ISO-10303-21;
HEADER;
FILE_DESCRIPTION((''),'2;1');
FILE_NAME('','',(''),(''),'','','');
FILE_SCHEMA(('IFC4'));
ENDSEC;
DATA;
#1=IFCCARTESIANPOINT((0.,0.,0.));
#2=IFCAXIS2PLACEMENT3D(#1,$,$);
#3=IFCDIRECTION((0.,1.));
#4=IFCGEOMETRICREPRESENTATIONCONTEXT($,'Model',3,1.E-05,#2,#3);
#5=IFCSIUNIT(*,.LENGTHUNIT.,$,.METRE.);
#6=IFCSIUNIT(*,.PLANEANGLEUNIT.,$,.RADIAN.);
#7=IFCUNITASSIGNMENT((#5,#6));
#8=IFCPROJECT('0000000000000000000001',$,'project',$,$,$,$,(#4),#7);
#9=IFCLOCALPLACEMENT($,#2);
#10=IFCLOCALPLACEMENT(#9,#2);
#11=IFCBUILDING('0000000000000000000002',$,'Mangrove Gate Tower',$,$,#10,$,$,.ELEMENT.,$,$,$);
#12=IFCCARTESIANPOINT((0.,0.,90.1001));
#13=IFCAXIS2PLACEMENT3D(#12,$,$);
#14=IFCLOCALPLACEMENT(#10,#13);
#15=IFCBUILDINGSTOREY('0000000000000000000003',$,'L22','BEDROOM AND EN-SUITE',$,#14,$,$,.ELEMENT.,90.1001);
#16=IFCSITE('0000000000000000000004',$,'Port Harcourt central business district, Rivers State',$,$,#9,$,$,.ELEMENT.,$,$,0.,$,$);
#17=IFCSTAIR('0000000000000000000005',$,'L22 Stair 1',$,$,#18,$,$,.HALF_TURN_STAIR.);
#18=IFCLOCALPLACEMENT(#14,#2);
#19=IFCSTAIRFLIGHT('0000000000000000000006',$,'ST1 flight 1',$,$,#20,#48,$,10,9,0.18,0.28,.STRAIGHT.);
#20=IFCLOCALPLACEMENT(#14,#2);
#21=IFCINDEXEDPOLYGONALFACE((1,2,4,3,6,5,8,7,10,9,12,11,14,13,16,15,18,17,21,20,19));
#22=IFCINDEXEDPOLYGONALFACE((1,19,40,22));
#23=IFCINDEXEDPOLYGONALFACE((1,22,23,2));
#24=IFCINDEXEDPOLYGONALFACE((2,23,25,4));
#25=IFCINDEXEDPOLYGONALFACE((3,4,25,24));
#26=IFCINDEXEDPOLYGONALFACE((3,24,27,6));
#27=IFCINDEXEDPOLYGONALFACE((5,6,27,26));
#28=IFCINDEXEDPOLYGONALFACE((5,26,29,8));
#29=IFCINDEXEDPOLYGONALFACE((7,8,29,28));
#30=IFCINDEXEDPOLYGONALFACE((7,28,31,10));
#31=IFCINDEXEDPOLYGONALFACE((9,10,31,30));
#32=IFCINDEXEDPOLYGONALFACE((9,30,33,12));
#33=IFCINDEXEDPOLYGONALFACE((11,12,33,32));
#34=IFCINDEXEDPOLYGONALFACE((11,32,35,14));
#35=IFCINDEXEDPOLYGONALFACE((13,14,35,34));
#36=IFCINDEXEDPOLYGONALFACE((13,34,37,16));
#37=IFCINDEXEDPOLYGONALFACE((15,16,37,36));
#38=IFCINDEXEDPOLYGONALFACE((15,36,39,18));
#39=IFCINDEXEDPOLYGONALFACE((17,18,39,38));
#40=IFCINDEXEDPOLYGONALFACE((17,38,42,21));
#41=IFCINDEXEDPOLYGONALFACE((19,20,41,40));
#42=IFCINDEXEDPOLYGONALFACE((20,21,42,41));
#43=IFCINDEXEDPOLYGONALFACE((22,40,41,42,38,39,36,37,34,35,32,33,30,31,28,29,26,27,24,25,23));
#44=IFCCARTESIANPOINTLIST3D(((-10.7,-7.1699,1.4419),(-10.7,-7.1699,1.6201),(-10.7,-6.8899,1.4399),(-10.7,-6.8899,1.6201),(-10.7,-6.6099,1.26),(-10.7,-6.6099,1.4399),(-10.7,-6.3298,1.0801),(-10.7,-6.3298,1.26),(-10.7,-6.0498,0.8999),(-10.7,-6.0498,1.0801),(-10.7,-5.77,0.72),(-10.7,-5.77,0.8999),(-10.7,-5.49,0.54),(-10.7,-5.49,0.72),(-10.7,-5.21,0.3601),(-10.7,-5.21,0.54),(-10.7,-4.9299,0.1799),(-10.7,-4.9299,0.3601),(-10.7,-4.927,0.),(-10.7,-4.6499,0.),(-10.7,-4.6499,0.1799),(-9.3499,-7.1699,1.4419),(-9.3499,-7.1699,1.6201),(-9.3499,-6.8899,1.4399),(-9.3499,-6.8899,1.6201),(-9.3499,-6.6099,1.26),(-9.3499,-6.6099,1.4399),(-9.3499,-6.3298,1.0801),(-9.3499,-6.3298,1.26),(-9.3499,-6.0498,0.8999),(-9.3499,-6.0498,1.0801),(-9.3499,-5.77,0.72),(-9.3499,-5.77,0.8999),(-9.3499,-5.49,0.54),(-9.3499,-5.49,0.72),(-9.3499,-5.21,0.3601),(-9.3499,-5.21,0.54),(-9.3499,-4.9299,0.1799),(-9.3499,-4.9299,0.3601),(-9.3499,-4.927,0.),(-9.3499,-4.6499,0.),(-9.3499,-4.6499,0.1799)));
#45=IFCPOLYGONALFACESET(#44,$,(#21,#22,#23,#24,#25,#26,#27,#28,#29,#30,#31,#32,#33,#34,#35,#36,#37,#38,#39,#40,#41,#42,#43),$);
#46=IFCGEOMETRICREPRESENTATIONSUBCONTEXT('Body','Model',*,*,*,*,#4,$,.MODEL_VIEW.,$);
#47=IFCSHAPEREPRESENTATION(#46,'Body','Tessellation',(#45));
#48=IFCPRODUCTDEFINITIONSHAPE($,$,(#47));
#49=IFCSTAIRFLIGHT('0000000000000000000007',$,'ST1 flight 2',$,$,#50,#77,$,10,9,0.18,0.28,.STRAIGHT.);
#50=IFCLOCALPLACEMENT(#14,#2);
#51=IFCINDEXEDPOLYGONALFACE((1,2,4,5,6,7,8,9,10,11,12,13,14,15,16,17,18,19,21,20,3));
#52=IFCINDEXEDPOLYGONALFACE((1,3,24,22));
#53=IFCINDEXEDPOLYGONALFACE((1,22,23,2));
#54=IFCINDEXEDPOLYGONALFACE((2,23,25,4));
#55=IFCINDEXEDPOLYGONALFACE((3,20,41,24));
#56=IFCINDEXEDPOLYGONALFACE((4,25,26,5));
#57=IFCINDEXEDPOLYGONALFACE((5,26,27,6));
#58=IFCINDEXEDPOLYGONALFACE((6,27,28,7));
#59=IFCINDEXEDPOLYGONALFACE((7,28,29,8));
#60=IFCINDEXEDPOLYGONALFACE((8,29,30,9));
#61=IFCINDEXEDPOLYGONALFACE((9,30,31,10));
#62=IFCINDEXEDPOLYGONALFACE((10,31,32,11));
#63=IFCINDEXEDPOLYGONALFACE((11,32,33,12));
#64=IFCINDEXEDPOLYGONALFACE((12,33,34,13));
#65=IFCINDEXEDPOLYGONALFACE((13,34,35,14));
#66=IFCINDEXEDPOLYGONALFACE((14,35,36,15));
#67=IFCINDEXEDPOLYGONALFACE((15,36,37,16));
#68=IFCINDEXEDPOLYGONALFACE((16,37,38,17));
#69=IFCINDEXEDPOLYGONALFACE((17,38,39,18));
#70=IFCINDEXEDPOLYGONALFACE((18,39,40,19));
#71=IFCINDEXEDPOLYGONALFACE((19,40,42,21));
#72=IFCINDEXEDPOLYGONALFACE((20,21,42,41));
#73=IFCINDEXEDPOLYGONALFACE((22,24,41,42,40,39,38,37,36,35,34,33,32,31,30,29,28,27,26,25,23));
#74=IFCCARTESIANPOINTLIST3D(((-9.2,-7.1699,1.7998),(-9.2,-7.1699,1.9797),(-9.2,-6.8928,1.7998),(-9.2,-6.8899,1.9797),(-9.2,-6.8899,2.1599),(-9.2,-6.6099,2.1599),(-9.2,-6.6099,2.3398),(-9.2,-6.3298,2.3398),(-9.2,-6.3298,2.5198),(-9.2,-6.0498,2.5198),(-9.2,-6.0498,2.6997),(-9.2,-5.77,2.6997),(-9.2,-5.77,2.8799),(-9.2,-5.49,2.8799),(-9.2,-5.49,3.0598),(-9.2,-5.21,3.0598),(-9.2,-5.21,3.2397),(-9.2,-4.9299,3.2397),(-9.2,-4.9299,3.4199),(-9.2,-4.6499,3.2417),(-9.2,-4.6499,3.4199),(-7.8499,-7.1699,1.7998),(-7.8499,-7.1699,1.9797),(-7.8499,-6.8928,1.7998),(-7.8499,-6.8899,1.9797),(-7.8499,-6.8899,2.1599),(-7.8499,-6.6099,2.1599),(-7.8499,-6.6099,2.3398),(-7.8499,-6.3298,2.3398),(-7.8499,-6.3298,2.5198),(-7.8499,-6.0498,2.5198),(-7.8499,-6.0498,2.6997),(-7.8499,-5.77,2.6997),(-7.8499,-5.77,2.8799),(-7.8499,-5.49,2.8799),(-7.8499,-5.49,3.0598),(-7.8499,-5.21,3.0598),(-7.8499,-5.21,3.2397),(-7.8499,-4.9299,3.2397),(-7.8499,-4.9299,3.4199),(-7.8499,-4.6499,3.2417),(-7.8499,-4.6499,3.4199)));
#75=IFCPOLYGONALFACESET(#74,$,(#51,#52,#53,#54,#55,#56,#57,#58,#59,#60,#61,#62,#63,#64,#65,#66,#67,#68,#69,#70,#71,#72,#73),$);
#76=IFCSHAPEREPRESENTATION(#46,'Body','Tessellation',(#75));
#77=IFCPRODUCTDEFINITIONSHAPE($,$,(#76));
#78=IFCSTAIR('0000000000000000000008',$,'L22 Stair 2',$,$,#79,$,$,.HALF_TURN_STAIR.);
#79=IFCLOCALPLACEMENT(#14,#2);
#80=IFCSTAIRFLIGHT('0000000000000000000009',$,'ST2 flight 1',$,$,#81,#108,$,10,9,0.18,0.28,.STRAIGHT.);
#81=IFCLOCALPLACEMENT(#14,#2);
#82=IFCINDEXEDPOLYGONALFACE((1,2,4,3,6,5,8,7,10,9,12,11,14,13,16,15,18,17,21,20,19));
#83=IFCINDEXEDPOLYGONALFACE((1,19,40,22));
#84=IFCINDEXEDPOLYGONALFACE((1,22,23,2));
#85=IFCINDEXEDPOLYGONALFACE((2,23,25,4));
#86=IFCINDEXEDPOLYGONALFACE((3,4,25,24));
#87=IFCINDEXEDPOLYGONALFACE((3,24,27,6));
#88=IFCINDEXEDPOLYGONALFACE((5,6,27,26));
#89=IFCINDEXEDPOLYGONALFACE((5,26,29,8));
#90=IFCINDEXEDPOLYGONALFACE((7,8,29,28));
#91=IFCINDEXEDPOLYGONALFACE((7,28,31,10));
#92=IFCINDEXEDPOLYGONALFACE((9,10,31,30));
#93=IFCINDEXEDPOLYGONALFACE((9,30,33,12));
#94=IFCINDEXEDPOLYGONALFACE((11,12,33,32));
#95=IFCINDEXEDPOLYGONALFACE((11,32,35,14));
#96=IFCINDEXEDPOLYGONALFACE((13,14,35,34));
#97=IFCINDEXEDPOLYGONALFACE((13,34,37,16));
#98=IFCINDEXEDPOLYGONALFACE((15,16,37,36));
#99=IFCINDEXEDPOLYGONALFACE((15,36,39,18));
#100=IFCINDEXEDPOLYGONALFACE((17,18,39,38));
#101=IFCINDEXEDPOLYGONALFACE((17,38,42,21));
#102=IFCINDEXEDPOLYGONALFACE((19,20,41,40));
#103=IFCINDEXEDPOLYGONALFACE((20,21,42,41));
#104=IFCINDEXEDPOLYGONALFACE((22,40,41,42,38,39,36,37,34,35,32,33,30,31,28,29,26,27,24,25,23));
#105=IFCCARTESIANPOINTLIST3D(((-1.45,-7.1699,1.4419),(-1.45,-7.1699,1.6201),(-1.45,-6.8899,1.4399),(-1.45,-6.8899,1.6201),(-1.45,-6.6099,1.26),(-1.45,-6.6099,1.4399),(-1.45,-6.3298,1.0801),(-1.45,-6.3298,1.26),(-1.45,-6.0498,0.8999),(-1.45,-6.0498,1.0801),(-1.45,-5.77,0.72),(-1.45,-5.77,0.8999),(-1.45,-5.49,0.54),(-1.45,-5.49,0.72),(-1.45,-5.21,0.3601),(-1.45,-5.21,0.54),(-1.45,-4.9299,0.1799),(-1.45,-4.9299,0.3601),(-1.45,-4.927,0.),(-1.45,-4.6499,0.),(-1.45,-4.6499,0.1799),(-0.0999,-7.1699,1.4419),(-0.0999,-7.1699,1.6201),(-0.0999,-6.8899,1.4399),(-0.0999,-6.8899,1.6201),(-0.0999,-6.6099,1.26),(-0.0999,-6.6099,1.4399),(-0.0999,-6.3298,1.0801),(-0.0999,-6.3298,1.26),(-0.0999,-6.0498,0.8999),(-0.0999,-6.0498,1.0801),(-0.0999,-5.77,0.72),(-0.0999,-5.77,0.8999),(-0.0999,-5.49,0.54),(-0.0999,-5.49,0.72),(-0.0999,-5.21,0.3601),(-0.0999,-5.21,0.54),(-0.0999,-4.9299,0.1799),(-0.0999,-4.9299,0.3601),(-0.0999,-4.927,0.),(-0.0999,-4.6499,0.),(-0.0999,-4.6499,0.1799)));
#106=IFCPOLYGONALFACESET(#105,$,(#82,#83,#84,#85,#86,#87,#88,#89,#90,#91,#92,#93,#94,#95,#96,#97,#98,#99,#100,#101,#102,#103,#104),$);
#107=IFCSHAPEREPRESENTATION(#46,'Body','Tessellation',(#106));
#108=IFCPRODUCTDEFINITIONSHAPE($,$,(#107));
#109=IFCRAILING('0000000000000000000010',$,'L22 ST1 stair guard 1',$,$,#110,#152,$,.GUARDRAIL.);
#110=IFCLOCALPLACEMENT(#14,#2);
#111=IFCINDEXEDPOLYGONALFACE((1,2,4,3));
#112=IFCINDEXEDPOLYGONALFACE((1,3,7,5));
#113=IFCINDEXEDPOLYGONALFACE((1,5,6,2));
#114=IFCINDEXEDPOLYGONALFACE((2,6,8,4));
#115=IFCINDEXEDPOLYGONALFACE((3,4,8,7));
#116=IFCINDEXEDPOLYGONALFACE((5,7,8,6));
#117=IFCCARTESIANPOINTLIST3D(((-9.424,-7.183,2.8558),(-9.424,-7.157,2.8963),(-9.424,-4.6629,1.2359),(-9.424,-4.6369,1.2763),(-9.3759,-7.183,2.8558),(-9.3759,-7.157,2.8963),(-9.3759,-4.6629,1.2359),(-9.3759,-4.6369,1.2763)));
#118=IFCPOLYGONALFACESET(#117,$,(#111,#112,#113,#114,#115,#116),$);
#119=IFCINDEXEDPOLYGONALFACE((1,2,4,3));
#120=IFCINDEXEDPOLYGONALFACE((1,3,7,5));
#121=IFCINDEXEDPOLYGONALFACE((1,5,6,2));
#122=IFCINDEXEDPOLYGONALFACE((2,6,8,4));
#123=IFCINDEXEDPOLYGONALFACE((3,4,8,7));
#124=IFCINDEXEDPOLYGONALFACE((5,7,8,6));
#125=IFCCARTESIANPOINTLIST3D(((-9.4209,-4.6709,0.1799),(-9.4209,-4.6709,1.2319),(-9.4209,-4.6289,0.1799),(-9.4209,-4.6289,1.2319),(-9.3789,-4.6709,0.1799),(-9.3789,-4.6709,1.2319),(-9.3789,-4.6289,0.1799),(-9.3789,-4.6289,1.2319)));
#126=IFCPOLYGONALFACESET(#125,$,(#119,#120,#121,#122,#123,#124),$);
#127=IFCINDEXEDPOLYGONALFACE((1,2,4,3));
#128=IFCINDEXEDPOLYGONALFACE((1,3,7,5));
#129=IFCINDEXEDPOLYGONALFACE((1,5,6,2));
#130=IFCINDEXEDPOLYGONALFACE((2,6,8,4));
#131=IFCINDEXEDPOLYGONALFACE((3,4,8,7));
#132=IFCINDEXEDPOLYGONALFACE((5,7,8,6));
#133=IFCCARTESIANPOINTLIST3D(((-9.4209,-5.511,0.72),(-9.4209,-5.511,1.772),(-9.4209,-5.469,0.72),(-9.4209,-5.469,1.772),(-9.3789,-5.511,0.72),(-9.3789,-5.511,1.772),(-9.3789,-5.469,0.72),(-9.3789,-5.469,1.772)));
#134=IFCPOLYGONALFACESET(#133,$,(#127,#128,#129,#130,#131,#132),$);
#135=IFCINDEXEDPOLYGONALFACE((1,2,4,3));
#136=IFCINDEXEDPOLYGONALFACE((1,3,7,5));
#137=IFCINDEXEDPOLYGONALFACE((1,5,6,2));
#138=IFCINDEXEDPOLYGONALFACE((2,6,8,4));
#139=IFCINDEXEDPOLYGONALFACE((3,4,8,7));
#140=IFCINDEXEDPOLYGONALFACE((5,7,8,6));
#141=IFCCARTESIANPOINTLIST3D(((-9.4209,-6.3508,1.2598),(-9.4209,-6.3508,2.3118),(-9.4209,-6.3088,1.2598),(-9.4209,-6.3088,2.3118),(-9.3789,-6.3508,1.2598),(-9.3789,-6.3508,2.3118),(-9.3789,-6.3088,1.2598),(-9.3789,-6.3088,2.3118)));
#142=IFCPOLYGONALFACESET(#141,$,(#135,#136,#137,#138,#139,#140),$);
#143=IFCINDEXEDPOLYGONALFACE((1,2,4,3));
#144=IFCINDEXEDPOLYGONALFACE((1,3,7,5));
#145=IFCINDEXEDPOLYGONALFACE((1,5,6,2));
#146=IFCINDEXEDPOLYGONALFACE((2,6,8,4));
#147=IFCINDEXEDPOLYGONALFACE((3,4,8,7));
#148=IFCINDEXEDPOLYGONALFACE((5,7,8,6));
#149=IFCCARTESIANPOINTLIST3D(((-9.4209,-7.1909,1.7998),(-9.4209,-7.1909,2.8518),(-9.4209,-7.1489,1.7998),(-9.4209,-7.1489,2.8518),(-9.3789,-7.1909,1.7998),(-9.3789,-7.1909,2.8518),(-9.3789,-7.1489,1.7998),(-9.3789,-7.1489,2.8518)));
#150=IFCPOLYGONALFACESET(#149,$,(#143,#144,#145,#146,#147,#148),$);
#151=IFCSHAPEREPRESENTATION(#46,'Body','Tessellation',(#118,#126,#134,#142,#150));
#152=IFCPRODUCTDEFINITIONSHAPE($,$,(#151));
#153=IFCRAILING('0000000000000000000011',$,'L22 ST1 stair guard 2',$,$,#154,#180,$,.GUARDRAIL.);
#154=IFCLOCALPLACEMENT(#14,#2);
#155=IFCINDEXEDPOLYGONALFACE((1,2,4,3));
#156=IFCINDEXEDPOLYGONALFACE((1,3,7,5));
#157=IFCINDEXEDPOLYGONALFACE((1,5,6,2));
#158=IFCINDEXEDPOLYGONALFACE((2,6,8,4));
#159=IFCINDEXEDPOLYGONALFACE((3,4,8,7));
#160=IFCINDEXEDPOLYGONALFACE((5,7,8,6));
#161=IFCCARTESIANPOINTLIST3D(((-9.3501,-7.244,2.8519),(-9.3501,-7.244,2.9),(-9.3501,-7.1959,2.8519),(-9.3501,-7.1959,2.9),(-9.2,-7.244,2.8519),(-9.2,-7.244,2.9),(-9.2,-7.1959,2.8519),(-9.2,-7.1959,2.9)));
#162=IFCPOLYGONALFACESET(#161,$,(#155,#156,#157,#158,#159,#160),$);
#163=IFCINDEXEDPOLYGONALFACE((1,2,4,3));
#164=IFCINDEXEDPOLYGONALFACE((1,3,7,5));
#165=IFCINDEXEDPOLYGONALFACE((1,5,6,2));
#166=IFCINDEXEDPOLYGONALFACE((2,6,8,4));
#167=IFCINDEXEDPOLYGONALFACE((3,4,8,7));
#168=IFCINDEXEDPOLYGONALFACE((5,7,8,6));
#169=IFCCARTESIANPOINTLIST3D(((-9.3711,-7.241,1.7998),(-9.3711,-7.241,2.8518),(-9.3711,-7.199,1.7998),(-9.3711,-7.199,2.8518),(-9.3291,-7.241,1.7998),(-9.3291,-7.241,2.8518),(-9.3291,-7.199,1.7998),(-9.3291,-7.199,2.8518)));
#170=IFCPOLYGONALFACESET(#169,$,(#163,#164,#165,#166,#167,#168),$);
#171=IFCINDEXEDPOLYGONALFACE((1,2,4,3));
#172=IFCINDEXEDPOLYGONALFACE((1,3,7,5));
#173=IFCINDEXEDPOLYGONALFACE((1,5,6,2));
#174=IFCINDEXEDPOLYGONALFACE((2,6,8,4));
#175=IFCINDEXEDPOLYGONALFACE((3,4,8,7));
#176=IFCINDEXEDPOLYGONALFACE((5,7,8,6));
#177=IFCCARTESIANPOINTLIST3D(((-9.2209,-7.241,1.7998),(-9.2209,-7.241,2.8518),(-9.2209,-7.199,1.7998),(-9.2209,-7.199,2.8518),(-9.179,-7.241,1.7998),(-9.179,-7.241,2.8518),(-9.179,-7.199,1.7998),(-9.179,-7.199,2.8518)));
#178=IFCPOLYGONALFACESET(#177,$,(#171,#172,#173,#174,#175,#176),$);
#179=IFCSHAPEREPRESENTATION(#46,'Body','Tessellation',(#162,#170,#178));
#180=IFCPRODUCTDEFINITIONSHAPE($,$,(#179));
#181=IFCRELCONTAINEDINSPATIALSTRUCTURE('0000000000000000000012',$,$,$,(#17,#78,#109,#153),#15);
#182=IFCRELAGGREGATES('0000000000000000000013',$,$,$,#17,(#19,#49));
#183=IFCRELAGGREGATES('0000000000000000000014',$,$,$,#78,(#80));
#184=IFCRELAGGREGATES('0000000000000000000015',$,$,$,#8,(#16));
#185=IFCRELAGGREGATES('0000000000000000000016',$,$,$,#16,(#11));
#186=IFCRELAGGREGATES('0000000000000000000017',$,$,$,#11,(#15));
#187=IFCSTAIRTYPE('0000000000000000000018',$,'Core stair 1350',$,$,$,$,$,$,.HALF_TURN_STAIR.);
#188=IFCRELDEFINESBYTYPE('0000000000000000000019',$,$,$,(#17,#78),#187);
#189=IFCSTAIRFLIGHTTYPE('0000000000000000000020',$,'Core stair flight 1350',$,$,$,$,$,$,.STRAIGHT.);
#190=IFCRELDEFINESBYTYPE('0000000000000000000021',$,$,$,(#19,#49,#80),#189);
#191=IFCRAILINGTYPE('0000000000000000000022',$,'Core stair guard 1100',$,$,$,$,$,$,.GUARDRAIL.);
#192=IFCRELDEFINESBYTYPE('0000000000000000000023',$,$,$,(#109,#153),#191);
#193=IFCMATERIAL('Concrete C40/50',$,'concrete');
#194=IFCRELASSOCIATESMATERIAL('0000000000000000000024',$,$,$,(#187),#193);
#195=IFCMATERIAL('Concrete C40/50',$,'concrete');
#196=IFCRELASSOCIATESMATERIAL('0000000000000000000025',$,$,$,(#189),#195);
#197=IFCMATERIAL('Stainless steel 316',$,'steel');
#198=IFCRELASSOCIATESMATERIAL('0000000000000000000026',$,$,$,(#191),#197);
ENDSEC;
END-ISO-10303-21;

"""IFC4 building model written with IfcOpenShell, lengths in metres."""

from ifc_helpers import new_model, si_unit, direction, frame, origin, origin_2d, place, context, subcontext, project, spatial, polyline, rectangle, outline, extrude, material, type_object, element, aggregate, save


model = new_model("IFC4")

# Units and contexts
model_context = context("Model", 3, precision=1e-05, world=origin(), true_north=direction((0.0, 1.0)))
body_context = subcontext(model_context, "Body", "Model", "MODEL_VIEW")
ifc_project = project(units=[si_unit("LENGTHUNIT", "METRE"), si_unit("PLANEANGLEUNIT", "RADIAN")], contexts=[model_context])

# Site, building, storey
site_placement = place(None, origin())
site = spatial("IfcSite", under=ifc_project, at=site_placement, Name="Port Harcourt central business district, Rivers State", CompositionType="ELEMENT", RefElevation=0.0)
building_placement = place(site_placement, origin())
building = spatial("IfcBuilding", under=site, at=building_placement, Name="Mangrove Gate Tower", CompositionType="ELEMENT")
storey_placement = place(building_placement, frame((0.0, 0.0, 90.1001)))
storey = spatial("IfcBuildingStorey", under=building, at=storey_placement, Name="L22", Description="BEDROOM AND EN-SUITE", CompositionType="ELEMENT", Elevation=90.1001)

# Stair, stair flights
ifc_material_1 = material(Name="Concrete C40/50", Category="concrete")
stair_type = type_object("IfcStairType", Name="Core stair 1350", PredefinedType="HALF_TURN_STAIR", material=ifc_material_1)
stair_1_placement = place(storey_placement, origin())
stair_1 = element("IfcStair", 1, at=stair_1_placement, inside=storey, type_object=stair_type, Name="L22 Stair 1", PredefinedType="HALF_TURN_STAIR")
ifc_material_2 = material(Name="Concrete C40/50", Category="concrete")
stair_flight_type = type_object("IfcStairFlightType", Name="Core stair flight 1350", PredefinedType="STRAIGHT", material=ifc_material_2)
stair_flight_1_placement = place(storey_placement, frame((-10.0249, -4.6499, 0.0), z_axis=(0.0, 0.0, 1.0), x_axis=(0.0, -1.0, 0.0)))
stair_flight_1 = element("IfcStairFlight", 2, at=stair_flight_1_placement, type_object=stair_flight_type, Name="ST1 flight 1", NumberOfRisers=10, NumberOfTreads=9, PredefinedType="STRAIGHT", RiserHeight=0.18, TreadLength=0.28, context=body_context, shape_type="SweptSolid", body=[
    extrude(outline(polyline([(0.0, 0.0), (0.0, 0.1799), (0.28, 0.1799), (0.28, 0.3601), (0.5601, 0.3601), (0.5601, 0.54), (0.8401, 0.54), (0.8401, 0.72), (1.1201, 0.72), (1.1201, 0.8999), (1.3999, 0.8999), (1.3999, 1.0801), (1.6799, 1.0801), (1.6799, 1.26), (1.96, 1.26), (1.96, 1.4399), (2.24, 1.4399), (2.24, 1.6201), (2.52, 1.6201), (2.52, 1.8), (2.52, 1.4419), (0.2771, 0.0), (0.0, 0.0)])), frame((0.0, 0.675, 0.0), z_axis=(0.0, -1.0, 0.0), x_axis=(1.0, 0.0, 0.0)), (0.0, 0.0, 1.0), 1.3501),
])
stair_flight_2_placement = place(storey_placement, frame((-8.5249, -7.1699, 1.7998), z_axis=(0.0, 0.0, 1.0), x_axis=(0.0, 1.0, 0.0)))
stair_flight_2 = element("IfcStairFlight", 3, at=stair_flight_2_placement, type_object=stair_flight_type, Name="ST1 flight 2", NumberOfRisers=10, NumberOfTreads=9, PredefinedType="STRAIGHT", RiserHeight=0.18, TreadLength=0.28, context=body_context, shape_type="SweptSolid", body=[
    extrude(outline(polyline([(0.0, 0.0), (0.0, 0.1799), (0.28, 0.1799), (0.28, 0.3601), (0.5601, 0.3601), (0.5601, 0.54), (0.8401, 0.54), (0.8401, 0.72), (1.1201, 0.72), (1.1201, 0.8999), (1.3999, 0.8999), (1.3999, 1.0801), (1.6799, 1.0801), (1.6799, 1.26), (1.96, 1.26), (1.96, 1.4399), (2.24, 1.4399), (2.24, 1.6201), (2.52, 1.6201), (2.52, 1.8), (2.52, 1.4419), (0.2771, 0.0), (0.0, 0.0)])), frame((0.0, 0.675, 0.0), z_axis=(0.0, -1.0, 0.0), x_axis=(1.0, 0.0, 0.0)), (0.0, 0.0, 1.0), 1.3501),
])
aggregate(stair_1, [stair_flight_1, stair_flight_2])

# Stair, stair flight
stair_2_placement = place(storey_placement, origin())
stair_2 = element("IfcStair", 4, at=stair_2_placement, inside=storey, type_object=stair_type, Name="L22 Stair 2", PredefinedType="HALF_TURN_STAIR")
stair_flight_3_placement = place(storey_placement, frame((-0.7749, -4.6499, 0.0), z_axis=(0.0, 0.0, 1.0), x_axis=(0.0, -1.0, 0.0)))
stair_flight_3 = element("IfcStairFlight", 5, at=stair_flight_3_placement, type_object=stair_flight_type, Name="ST2 flight 1", NumberOfRisers=10, NumberOfTreads=9, PredefinedType="STRAIGHT", RiserHeight=0.18, TreadLength=0.28, context=body_context, shape_type="SweptSolid", body=[
    extrude(outline(polyline([(0.0, 0.0), (0.0, 0.1799), (0.28, 0.1799), (0.28, 0.3601), (0.5601, 0.3601), (0.5601, 0.54), (0.8401, 0.54), (0.8401, 0.72), (1.1201, 0.72), (1.1201, 0.8999), (1.3999, 0.8999), (1.3999, 1.0801), (1.6799, 1.0801), (1.6799, 1.26), (1.96, 1.26), (1.96, 1.4399), (2.24, 1.4399), (2.24, 1.6201), (2.52, 1.6201), (2.52, 1.8), (2.52, 1.4419), (0.2771, 0.0), (0.0, 0.0)])), frame((0.0, 0.675, 0.0), z_axis=(0.0, -1.0, 0.0), x_axis=(1.0, 0.0, 0.0)), (0.0, 0.0, 1.0), 1.3501),
])
aggregate(stair_2, [stair_flight_3])

# Railings
ifc_material_3 = material(Name="Stainless steel 316", Category="steel")
railing_type_1 = type_object("IfcRailingType", Name="Core stair guard 1100", PredefinedType="GUARDRAIL", material=ifc_material_3)
railing_1_placement = place(storey_placement, frame((-9.3999, -4.6499, 0.1799)))
element("IfcRailing", 6, at=railing_1_placement, inside=storey, type_object=railing_type_1, Name="L22 ST1 stair guard 1", PredefinedType="GUARDRAIL", context=body_context, shape_type="SweptSolid", body=[
    extrude(rectangle(XDim=0.0481, YDim=0.0481, at=origin_2d()), frame((0.0, 0.0, 1.0762), z_axis=(0.0, -0.8412, 0.540725), x_axis=(1.0, 0.0, 0.0)), (0.0, 0.0, 1.0), 2.9958),
    extrude(rectangle(XDim=0.042, YDim=0.042, at=origin_2d()), origin(), (0.0, 0.0, 1.0), 1.052),
    extrude(rectangle(XDim=0.042, YDim=0.042, at=origin_2d()), frame((0.0, -0.8401, 0.54)), (0.0, 0.0, 1.0), 1.052),
    extrude(rectangle(XDim=0.042, YDim=0.042, at=origin_2d()), frame((0.0, -1.6799, 1.0798)), (0.0, 0.0, 1.0), 1.052),
    extrude(rectangle(XDim=0.042, YDim=0.042, at=origin_2d()), frame((0.0, -2.52, 1.6199)), (0.0, 0.0, 1.0), 1.052),
])
railing_2_placement = place(storey_placement, frame((-9.3501, -7.22, 1.7998)))
element("IfcRailing", 7, at=railing_2_placement, inside=storey, type_object=railing_type_1, Name="L22 ST1 stair guard 2", PredefinedType="GUARDRAIL", context=body_context, shape_type="SweptSolid", body=[
    extrude(rectangle(XDim=0.0481, YDim=0.0481, at=origin_2d()), frame((0.0, 0.0, 1.0762), z_axis=(1.0, 0.0, 0.0), x_axis=(0.0, 1.0, 0.0)), (0.0, 0.0, 1.0), 0.1501),
    extrude(rectangle(XDim=0.042, YDim=0.042, at=origin_2d()), origin(), (0.0, 0.0, 1.0), 1.052),
    extrude(rectangle(XDim=0.042, YDim=0.042, at=origin_2d()), frame((0.1501, 0.0, 0.0)), (0.0, 0.0, 1.0), 1.052),
])

save(model, "model.ifc")
